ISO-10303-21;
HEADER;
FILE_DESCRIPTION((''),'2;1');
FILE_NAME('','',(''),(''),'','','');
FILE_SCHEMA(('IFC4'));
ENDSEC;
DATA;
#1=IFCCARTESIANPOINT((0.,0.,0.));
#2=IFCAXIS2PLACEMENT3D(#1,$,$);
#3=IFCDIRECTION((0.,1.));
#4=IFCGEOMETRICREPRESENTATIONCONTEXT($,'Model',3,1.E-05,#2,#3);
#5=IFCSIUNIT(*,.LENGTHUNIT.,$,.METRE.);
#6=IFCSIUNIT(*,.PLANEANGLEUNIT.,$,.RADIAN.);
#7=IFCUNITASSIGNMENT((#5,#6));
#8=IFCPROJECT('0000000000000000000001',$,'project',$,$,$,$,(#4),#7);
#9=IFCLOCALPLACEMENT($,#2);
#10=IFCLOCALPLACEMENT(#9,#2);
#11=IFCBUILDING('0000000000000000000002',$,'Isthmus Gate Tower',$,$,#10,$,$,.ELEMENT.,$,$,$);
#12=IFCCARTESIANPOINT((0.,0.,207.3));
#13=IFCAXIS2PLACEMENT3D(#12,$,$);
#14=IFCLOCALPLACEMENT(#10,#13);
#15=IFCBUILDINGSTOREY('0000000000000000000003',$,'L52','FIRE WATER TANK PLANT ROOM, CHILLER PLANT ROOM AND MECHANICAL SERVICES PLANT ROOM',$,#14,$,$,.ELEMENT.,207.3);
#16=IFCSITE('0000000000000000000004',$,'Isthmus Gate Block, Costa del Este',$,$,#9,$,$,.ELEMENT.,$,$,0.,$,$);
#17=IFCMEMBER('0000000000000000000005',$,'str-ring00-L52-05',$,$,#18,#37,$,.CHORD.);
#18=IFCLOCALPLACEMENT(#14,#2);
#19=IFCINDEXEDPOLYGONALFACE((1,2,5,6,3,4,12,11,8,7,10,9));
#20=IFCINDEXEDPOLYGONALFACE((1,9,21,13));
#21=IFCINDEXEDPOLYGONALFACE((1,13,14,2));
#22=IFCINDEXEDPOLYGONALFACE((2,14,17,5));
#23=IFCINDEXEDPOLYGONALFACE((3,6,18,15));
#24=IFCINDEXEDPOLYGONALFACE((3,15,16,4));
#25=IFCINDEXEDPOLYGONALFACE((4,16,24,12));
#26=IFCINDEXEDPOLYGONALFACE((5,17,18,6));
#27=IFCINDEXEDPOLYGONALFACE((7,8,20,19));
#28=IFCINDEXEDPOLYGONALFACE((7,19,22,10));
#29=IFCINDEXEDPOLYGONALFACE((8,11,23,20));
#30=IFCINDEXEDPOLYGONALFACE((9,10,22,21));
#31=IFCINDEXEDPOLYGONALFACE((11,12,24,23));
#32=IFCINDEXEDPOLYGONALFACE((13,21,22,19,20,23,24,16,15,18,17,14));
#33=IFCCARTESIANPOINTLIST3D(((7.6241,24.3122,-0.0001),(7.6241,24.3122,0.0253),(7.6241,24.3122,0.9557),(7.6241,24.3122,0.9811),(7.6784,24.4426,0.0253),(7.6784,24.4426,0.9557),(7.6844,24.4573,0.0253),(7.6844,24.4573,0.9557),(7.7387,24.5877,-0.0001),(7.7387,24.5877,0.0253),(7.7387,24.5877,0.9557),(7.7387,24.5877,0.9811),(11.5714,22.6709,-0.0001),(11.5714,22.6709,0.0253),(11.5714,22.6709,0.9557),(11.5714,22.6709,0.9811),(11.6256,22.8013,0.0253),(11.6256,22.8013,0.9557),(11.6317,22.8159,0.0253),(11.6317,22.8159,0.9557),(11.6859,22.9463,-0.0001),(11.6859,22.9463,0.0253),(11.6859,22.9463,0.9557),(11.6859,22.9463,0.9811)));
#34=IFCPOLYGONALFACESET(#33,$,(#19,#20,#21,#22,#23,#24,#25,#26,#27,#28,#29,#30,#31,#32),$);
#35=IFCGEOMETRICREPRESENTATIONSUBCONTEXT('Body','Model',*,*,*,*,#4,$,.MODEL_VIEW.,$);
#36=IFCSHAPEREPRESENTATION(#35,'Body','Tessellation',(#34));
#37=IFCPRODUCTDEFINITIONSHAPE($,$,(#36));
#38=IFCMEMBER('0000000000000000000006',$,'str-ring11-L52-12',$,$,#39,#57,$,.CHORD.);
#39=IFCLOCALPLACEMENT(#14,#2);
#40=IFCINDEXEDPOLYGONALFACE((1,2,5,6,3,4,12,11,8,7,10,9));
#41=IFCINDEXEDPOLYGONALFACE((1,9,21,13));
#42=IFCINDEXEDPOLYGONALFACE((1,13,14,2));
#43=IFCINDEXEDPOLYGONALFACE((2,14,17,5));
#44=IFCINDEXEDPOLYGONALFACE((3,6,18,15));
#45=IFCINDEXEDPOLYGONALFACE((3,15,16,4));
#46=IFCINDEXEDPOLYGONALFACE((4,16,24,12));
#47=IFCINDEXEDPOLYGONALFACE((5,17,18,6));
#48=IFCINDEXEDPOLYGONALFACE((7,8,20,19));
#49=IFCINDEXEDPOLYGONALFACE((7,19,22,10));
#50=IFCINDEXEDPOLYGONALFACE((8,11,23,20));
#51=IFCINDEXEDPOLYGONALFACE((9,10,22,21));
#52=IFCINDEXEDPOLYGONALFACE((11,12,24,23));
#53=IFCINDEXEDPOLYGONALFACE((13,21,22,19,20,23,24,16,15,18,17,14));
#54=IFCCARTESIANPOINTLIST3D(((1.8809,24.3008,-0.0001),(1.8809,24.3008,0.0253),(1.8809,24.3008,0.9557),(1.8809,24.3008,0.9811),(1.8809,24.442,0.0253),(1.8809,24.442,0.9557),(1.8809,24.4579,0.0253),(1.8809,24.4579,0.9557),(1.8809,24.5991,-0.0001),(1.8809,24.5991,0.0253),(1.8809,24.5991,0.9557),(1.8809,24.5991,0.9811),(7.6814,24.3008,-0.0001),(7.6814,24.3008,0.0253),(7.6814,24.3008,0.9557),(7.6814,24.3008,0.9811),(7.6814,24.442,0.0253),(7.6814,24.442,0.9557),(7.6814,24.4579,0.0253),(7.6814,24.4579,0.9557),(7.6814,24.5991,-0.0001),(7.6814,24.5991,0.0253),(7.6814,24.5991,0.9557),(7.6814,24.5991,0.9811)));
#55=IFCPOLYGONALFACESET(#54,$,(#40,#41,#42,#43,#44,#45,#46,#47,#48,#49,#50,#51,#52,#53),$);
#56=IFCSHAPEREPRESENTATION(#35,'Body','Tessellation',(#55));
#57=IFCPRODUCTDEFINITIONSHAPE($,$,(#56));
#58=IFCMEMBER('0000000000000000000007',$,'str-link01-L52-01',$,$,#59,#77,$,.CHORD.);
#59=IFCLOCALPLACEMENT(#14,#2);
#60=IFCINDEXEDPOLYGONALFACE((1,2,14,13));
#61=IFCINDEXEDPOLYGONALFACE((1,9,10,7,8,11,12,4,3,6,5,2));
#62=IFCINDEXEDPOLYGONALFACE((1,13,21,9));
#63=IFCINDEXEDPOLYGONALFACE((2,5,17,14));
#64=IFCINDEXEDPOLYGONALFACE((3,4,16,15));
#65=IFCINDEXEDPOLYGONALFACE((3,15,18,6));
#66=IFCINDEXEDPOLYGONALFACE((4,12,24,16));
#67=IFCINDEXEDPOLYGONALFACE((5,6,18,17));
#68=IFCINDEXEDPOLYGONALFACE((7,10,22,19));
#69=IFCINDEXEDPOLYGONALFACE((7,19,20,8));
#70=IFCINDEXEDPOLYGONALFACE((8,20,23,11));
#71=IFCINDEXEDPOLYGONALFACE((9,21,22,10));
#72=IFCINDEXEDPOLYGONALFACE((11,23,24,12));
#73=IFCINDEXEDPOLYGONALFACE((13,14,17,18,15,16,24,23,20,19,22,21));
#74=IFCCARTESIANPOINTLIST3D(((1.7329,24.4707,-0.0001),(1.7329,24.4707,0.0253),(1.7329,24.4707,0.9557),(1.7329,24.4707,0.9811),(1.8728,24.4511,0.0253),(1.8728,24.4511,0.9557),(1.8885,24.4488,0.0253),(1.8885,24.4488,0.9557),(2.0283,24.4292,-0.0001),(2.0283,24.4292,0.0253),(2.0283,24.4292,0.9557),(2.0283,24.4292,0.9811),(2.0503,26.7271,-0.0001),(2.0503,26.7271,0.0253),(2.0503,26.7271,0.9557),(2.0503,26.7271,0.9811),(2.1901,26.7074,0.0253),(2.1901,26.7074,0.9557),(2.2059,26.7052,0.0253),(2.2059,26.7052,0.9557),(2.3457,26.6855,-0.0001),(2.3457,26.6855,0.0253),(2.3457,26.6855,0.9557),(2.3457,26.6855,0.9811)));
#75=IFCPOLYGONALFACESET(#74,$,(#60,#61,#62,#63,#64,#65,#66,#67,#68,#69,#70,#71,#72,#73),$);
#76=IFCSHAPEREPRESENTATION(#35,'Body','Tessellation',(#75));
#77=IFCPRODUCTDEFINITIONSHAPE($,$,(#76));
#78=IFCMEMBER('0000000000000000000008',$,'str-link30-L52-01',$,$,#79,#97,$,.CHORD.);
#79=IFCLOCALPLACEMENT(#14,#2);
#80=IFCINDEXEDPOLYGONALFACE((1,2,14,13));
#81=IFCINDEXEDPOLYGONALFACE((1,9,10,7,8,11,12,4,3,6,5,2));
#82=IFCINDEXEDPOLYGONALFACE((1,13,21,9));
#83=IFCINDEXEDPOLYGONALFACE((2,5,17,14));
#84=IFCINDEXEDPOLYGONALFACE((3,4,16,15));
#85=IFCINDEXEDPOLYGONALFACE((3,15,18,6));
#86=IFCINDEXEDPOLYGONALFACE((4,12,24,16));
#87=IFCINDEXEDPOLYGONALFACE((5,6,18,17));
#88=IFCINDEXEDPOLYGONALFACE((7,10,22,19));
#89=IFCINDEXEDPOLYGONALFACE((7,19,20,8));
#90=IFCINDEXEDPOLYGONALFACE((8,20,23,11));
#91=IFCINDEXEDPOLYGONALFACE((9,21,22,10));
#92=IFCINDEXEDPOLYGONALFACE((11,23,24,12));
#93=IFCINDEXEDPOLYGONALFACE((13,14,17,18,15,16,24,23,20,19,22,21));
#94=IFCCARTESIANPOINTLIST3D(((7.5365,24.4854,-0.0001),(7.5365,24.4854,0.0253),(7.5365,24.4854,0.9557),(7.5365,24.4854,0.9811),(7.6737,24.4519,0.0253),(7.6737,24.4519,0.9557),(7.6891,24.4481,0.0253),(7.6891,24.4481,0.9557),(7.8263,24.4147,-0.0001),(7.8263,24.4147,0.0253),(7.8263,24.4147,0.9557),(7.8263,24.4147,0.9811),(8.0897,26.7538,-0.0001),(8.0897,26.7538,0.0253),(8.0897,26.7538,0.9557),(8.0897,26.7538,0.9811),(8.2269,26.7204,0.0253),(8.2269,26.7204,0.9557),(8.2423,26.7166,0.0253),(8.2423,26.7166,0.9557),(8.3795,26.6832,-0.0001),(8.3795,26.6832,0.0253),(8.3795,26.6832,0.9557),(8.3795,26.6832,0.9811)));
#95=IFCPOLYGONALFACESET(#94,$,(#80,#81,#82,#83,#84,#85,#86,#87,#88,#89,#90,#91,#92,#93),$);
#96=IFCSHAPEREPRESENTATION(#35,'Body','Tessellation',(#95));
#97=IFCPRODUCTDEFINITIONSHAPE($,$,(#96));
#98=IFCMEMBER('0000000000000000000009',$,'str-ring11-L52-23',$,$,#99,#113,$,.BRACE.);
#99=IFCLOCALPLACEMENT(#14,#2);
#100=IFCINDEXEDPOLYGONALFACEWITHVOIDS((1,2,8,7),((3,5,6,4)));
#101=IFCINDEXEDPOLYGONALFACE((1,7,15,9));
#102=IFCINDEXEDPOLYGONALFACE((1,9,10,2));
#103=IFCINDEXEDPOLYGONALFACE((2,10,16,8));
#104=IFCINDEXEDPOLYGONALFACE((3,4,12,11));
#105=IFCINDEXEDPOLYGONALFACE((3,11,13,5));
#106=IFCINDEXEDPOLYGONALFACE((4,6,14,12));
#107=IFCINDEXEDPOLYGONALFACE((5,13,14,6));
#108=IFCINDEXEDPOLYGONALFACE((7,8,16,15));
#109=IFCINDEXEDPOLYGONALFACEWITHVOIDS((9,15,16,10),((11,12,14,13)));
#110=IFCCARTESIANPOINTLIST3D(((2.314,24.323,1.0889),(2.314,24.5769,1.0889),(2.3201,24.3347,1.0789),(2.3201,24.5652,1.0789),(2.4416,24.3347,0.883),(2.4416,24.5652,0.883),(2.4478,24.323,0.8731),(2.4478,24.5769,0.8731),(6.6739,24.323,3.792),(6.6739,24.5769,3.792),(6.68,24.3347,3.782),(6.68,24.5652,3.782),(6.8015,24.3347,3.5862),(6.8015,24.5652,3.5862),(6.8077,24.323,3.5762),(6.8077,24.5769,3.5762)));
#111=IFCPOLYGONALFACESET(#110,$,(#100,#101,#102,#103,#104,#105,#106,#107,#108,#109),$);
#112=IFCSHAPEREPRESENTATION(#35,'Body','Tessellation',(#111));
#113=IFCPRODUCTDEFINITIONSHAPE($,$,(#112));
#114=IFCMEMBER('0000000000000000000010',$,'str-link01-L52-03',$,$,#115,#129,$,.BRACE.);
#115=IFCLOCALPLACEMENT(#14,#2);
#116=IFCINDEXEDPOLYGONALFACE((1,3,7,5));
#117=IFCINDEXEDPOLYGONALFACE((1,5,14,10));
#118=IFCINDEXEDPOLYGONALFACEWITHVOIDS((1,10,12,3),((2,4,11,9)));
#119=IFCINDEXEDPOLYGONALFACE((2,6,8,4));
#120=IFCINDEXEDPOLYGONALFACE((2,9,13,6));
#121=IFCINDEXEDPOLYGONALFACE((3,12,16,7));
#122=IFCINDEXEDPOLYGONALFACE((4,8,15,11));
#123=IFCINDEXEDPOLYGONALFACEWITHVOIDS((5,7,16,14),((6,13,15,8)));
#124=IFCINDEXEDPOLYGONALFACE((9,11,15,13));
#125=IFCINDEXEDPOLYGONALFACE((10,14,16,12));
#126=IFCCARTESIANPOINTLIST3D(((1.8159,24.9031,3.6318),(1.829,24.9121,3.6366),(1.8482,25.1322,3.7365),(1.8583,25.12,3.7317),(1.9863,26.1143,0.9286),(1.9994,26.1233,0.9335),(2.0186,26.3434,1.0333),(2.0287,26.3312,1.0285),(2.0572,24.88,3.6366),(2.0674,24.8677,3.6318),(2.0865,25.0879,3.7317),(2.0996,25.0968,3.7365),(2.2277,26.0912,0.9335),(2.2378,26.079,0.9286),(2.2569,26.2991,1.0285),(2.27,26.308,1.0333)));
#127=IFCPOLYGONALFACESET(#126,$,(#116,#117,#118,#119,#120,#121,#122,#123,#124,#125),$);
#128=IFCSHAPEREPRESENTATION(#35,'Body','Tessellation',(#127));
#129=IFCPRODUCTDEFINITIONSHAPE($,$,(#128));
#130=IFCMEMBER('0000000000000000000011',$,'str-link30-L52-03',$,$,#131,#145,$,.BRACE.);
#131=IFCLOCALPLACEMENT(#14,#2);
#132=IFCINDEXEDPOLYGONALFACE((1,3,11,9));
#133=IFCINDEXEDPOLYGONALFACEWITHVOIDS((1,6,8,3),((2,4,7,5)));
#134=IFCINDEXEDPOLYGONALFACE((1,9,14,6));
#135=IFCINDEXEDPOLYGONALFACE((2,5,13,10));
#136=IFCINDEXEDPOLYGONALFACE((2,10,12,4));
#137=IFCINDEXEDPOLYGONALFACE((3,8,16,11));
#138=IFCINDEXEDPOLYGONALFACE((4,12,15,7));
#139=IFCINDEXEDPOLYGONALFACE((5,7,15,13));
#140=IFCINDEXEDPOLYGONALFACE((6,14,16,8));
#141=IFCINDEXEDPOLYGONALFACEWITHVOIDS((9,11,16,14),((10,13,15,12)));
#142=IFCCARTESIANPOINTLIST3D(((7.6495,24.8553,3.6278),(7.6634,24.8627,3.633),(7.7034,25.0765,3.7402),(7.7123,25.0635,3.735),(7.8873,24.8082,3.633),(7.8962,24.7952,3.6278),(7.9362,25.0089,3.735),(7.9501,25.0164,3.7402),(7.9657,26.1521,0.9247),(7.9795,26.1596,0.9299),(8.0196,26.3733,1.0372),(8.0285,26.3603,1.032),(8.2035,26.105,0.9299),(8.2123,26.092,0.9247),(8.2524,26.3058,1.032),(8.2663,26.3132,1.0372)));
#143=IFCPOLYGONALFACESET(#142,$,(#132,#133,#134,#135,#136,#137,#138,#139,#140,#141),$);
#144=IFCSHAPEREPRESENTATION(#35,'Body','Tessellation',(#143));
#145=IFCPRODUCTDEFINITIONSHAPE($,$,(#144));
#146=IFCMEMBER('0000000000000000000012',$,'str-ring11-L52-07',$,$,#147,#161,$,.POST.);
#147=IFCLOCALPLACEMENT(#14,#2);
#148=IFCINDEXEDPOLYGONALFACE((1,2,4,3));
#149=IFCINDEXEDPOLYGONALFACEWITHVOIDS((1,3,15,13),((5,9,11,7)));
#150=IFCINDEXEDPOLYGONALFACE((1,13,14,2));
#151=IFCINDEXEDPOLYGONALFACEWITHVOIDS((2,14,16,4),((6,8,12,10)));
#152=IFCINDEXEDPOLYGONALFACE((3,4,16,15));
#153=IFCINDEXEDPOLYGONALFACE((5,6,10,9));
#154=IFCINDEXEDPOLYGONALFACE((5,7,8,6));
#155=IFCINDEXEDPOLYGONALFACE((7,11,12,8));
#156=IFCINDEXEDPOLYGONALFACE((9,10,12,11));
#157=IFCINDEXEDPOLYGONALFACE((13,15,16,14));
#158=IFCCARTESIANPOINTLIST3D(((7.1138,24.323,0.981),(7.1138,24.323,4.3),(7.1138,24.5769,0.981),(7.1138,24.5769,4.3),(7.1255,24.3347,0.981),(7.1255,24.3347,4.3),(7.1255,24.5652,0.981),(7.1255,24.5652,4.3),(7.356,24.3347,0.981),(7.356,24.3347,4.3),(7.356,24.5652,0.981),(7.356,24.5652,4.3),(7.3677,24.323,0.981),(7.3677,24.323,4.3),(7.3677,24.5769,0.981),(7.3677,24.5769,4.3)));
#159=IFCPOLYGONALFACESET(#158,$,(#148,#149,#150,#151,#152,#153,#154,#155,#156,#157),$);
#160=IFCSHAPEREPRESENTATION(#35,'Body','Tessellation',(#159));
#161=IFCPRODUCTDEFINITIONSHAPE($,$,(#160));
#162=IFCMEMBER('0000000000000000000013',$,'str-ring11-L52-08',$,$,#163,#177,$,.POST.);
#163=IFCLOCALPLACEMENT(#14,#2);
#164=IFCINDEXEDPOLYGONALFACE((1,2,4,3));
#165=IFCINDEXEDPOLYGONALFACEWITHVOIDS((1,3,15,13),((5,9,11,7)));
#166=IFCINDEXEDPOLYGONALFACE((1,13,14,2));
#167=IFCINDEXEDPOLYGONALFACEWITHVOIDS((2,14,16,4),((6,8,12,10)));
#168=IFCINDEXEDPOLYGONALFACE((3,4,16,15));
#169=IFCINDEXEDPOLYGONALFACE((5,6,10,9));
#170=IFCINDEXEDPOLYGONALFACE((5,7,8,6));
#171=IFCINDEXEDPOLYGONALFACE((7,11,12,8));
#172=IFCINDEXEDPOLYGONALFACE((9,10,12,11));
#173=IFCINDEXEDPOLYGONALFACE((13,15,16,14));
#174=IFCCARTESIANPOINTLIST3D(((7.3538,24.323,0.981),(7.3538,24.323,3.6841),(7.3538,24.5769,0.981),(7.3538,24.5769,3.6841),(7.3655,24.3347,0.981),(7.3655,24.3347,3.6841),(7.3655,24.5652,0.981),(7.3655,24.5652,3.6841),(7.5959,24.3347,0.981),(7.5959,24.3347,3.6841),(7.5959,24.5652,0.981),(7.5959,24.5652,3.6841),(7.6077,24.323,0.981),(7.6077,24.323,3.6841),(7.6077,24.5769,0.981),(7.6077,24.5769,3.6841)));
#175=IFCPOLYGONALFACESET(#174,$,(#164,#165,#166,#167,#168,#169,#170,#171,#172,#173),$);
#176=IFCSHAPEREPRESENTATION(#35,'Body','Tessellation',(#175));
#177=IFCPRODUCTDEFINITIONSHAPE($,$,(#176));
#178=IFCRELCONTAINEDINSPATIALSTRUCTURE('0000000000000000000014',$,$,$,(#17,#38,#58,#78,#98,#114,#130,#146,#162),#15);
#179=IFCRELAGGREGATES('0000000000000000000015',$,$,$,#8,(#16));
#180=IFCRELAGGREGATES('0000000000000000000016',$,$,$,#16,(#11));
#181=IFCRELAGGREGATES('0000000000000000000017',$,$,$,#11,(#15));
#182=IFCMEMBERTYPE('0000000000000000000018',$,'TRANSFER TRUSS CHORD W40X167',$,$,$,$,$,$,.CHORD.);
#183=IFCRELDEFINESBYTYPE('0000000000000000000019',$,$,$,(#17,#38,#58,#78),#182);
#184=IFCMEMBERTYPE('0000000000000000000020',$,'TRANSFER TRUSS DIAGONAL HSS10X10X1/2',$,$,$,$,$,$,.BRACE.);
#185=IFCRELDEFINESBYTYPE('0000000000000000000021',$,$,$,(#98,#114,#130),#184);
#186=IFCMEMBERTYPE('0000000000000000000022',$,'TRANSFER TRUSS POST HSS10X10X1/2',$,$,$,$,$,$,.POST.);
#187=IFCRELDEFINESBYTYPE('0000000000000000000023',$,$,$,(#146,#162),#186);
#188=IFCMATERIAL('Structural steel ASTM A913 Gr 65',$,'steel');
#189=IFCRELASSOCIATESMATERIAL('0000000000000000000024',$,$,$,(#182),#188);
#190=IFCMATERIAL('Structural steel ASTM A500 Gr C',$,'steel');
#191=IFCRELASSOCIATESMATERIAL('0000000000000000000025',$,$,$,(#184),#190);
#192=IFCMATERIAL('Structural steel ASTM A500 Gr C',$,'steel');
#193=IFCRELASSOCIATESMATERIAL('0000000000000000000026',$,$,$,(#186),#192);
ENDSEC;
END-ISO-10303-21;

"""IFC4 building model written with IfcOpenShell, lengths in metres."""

from ifc_helpers import new_model, si_unit, direction, frame, origin, origin_2d, place, context, subcontext, project, spatial, hollow_rectangle, i_section, extrude, material, material_profile, profile_set, type_object, element, save


model = new_model("IFC4")

# Units and contexts
model_context = context("Model", 3, precision=1e-05, world=origin(), true_north=direction((0.0, 1.0)))
body_context = subcontext(model_context, "Body", "Model", "MODEL_VIEW")
ifc_project = project(units=[si_unit("LENGTHUNIT", "METRE"), si_unit("PLANEANGLEUNIT", "RADIAN")], contexts=[model_context])

# Site, building, storey
site_placement = place(None, origin())
site = spatial("IfcSite", under=ifc_project, at=site_placement, Name="Isthmus Gate Block, Costa del Este", CompositionType="ELEMENT", RefElevation=0.0)
building_placement = place(site_placement, origin())
building = spatial("IfcBuilding", under=site, at=building_placement, Name="Isthmus Gate Tower", CompositionType="ELEMENT")
storey_placement = place(building_placement, frame((0.0, 0.0, 207.3)))
storey = spatial("IfcBuildingStorey", under=building, at=storey_placement, Name="L52", Description="FIRE WATER TANK PLANT ROOM, CHILLER PLANT ROOM AND MECHANICAL SERVICES PLANT ROOM", CompositionType="ELEMENT", Elevation=207.3)

# Members
ifc_material_1 = material(Name="Structural steel ASTM A913 Gr 65", Category="steel")
ifc_material_profile_1 = material_profile(ifc_material_1, i_section(OverallWidth=0.2983, OverallDepth=0.9812, WebThickness=0.0159, FlangeThickness=0.0254, at=origin_2d()), Name="W40X167")
ifc_profile_set_1 = profile_set([ifc_material_profile_1], Name="Structural steel ASTM A913 Gr 65")
member_type_1 = type_object("IfcMemberType", Name="TRANSFER TRUSS CHORD W40X167", PredefinedType="CHORD", material=ifc_profile_set_1)
member_1_placement = place(storey_placement, frame((7.6814, 24.45, 0.4905), z_axis=(0.923354, -0.38395, 0.0), x_axis=(0.38395, 0.923354, 0.0)))
element("IfcMember", 1, at=member_1_placement, inside=storey, type_object=member_type_1, Name="str-ring00-L52-05", PredefinedType="CHORD", context=body_context, shape_type="SweptSolid", body=[
    extrude(i_section(OverallWidth=0.2983, OverallDepth=0.9812, WebThickness=0.0159, FlangeThickness=0.0254, at=origin_2d()), origin(), (0.0, 0.0, 1.0), 4.2749),
])
member_2_placement = place(storey_placement, frame((1.8809, 24.45, 0.4905), z_axis=(1.0, 0.0, 0.0), x_axis=(0.0, 1.0, 0.0)))
element("IfcMember", 2, at=member_2_placement, inside=storey, type_object=member_type_1, Name="str-ring11-L52-12", PredefinedType="CHORD", context=body_context, shape_type="SweptSolid", body=[
    extrude(i_section(OverallWidth=0.2983, OverallDepth=0.9812, WebThickness=0.0159, FlangeThickness=0.0254, at=origin_2d()), origin(), (0.0, 0.0, 1.0), 5.8005),
])
member_3_placement = place(storey_placement, frame((2.198, 26.7063, 0.4905), z_axis=(-0.139291, -0.990251, 0.0), x_axis=(0.990251, -0.139291, 0.0)))
element("IfcMember", 3, at=member_3_placement, inside=storey, type_object=member_type_1, Name="str-link01-L52-01", PredefinedType="CHORD", context=body_context, shape_type="SweptSolid", body=[
    extrude(i_section(OverallWidth=0.2983, OverallDepth=0.9812, WebThickness=0.0159, FlangeThickness=0.0254, at=origin_2d()), origin(), (0.0, 0.0, 1.0), 2.2786),
])
member_4_placement = place(storey_placement, frame((8.2346, 26.7185, 0.4905), z_axis=(-0.236922, -0.971529, 0.0), x_axis=(0.971529, -0.236922, 0.0)))
element("IfcMember", 4, at=member_4_placement, inside=storey, type_object=member_type_1, Name="str-link30-L52-01", PredefinedType="CHORD", context=body_context, shape_type="SweptSolid", body=[
    extrude(i_section(OverallWidth=0.2983, OverallDepth=0.9812, WebThickness=0.0159, FlangeThickness=0.0254, at=origin_2d()), origin(), (0.0, 0.0, 1.0), 2.335),
])
ifc_material_2 = material(Name="Structural steel ASTM A500 Gr C", Category="steel")
ifc_material_profile_2 = material_profile(ifc_material_2, hollow_rectangle(XDim=0.2539, YDim=0.2539, WallThickness=0.0117, at=origin_2d()), Name="HSS10X10X1/2")
ifc_profile_set_2 = profile_set([ifc_material_profile_2], Name="Structural steel ASTM A500 Gr C")
member_type_2 = type_object("IfcMemberType", Name="TRANSFER TRUSS DIAGONAL HSS10X10X1/2", PredefinedType="BRACE", material=ifc_profile_set_2)
member_5_placement = place(storey_placement, frame((2.3809, 24.45, 0.981), z_axis=(0.849902, 0.0, 0.526941), x_axis=(0.0, 1.0, 0.0)))
element("IfcMember", 5, at=member_5_placement, inside=storey, type_object=member_type_2, Name="str-ring11-L52-23", PredefinedType="BRACE", context=body_context, shape_type="SweptSolid", body=[
    extrude(hollow_rectangle(XDim=0.2539, YDim=0.2539, WallThickness=0.0117, at=origin_2d()), origin(), (0.0, 0.0, 1.0), 5.1299),
])
member_6_placement = place(storey_placement, frame((2.1282, 26.2112, 0.981), z_axis=(-0.057436, -0.408222, 0.911074), x_axis=(0.990247, -0.139325, 0.0)))
element("IfcMember", 6, at=member_6_placement, inside=storey, type_object=member_type_2, Name="str-link01-L52-03", PredefinedType="BRACE", context=body_context, shape_type="SweptSolid", body=[
    extrude(hollow_rectangle(XDim=0.2539, YDim=0.2539, WallThickness=0.0117, at=origin_2d()), origin(), (0.0, 0.0, 1.0), 2.967),
])
member_7_placement = place(storey_placement, frame((8.116, 26.2327, 0.981), z_axis=(-0.104872, -0.430176, 0.896633), x_axis=(0.971546, -0.236851, 0.0)))
element("IfcMember", 7, at=member_7_placement, inside=storey, type_object=member_type_2, Name="str-link30-L52-03", PredefinedType="BRACE", context=body_context, shape_type="SweptSolid", body=[
    extrude(hollow_rectangle(XDim=0.2539, YDim=0.2539, WallThickness=0.0117, at=origin_2d()), origin(), (0.0, 0.0, 1.0), 3.0146),
])
ifc_material_3 = material(Name="Structural steel ASTM A500 Gr C", Category="steel")
ifc_material_profile_3 = material_profile(ifc_material_3, hollow_rectangle(XDim=0.2539, YDim=0.2539, WallThickness=0.0117, at=origin_2d()), Name="HSS10X10X1/2")
ifc_profile_set_3 = profile_set([ifc_material_profile_3], Name="Structural steel ASTM A500 Gr C")
member_type_3 = type_object("IfcMemberType", Name="TRANSFER TRUSS POST HSS10X10X1/2", PredefinedType="POST", material=ifc_profile_set_3)
member_8_placement = place(storey_placement, frame((7.2407, 24.45, 0.981), z_axis=(0.0, 0.0, 1.0), x_axis=(1.0, 0.0, 0.0)))
element("IfcMember", 8, at=member_8_placement, inside=storey, type_object=member_type_3, Name="str-ring11-L52-07", PredefinedType="POST", context=body_context, shape_type="SweptSolid", body=[
    extrude(hollow_rectangle(XDim=0.2539, YDim=0.2539, WallThickness=0.0117, at=origin_2d()), origin(), (0.0, 0.0, 1.0), 3.3191),
])
member_9_placement = place(storey_placement, frame((7.4807, 24.45, 0.981), z_axis=(0.0, 0.0, 1.0), x_axis=(1.0, 0.0, 0.0)))
element("IfcMember", 9, at=member_9_placement, inside=storey, type_object=member_type_3, Name="str-ring11-L52-08", PredefinedType="POST", context=body_context, shape_type="SweptSolid", body=[
    extrude(hollow_rectangle(XDim=0.2539, YDim=0.2539, WallThickness=0.0117, at=origin_2d()), origin(), (0.0, 0.0, 1.0), 2.7031),
])

save(model, "model.ifc")
